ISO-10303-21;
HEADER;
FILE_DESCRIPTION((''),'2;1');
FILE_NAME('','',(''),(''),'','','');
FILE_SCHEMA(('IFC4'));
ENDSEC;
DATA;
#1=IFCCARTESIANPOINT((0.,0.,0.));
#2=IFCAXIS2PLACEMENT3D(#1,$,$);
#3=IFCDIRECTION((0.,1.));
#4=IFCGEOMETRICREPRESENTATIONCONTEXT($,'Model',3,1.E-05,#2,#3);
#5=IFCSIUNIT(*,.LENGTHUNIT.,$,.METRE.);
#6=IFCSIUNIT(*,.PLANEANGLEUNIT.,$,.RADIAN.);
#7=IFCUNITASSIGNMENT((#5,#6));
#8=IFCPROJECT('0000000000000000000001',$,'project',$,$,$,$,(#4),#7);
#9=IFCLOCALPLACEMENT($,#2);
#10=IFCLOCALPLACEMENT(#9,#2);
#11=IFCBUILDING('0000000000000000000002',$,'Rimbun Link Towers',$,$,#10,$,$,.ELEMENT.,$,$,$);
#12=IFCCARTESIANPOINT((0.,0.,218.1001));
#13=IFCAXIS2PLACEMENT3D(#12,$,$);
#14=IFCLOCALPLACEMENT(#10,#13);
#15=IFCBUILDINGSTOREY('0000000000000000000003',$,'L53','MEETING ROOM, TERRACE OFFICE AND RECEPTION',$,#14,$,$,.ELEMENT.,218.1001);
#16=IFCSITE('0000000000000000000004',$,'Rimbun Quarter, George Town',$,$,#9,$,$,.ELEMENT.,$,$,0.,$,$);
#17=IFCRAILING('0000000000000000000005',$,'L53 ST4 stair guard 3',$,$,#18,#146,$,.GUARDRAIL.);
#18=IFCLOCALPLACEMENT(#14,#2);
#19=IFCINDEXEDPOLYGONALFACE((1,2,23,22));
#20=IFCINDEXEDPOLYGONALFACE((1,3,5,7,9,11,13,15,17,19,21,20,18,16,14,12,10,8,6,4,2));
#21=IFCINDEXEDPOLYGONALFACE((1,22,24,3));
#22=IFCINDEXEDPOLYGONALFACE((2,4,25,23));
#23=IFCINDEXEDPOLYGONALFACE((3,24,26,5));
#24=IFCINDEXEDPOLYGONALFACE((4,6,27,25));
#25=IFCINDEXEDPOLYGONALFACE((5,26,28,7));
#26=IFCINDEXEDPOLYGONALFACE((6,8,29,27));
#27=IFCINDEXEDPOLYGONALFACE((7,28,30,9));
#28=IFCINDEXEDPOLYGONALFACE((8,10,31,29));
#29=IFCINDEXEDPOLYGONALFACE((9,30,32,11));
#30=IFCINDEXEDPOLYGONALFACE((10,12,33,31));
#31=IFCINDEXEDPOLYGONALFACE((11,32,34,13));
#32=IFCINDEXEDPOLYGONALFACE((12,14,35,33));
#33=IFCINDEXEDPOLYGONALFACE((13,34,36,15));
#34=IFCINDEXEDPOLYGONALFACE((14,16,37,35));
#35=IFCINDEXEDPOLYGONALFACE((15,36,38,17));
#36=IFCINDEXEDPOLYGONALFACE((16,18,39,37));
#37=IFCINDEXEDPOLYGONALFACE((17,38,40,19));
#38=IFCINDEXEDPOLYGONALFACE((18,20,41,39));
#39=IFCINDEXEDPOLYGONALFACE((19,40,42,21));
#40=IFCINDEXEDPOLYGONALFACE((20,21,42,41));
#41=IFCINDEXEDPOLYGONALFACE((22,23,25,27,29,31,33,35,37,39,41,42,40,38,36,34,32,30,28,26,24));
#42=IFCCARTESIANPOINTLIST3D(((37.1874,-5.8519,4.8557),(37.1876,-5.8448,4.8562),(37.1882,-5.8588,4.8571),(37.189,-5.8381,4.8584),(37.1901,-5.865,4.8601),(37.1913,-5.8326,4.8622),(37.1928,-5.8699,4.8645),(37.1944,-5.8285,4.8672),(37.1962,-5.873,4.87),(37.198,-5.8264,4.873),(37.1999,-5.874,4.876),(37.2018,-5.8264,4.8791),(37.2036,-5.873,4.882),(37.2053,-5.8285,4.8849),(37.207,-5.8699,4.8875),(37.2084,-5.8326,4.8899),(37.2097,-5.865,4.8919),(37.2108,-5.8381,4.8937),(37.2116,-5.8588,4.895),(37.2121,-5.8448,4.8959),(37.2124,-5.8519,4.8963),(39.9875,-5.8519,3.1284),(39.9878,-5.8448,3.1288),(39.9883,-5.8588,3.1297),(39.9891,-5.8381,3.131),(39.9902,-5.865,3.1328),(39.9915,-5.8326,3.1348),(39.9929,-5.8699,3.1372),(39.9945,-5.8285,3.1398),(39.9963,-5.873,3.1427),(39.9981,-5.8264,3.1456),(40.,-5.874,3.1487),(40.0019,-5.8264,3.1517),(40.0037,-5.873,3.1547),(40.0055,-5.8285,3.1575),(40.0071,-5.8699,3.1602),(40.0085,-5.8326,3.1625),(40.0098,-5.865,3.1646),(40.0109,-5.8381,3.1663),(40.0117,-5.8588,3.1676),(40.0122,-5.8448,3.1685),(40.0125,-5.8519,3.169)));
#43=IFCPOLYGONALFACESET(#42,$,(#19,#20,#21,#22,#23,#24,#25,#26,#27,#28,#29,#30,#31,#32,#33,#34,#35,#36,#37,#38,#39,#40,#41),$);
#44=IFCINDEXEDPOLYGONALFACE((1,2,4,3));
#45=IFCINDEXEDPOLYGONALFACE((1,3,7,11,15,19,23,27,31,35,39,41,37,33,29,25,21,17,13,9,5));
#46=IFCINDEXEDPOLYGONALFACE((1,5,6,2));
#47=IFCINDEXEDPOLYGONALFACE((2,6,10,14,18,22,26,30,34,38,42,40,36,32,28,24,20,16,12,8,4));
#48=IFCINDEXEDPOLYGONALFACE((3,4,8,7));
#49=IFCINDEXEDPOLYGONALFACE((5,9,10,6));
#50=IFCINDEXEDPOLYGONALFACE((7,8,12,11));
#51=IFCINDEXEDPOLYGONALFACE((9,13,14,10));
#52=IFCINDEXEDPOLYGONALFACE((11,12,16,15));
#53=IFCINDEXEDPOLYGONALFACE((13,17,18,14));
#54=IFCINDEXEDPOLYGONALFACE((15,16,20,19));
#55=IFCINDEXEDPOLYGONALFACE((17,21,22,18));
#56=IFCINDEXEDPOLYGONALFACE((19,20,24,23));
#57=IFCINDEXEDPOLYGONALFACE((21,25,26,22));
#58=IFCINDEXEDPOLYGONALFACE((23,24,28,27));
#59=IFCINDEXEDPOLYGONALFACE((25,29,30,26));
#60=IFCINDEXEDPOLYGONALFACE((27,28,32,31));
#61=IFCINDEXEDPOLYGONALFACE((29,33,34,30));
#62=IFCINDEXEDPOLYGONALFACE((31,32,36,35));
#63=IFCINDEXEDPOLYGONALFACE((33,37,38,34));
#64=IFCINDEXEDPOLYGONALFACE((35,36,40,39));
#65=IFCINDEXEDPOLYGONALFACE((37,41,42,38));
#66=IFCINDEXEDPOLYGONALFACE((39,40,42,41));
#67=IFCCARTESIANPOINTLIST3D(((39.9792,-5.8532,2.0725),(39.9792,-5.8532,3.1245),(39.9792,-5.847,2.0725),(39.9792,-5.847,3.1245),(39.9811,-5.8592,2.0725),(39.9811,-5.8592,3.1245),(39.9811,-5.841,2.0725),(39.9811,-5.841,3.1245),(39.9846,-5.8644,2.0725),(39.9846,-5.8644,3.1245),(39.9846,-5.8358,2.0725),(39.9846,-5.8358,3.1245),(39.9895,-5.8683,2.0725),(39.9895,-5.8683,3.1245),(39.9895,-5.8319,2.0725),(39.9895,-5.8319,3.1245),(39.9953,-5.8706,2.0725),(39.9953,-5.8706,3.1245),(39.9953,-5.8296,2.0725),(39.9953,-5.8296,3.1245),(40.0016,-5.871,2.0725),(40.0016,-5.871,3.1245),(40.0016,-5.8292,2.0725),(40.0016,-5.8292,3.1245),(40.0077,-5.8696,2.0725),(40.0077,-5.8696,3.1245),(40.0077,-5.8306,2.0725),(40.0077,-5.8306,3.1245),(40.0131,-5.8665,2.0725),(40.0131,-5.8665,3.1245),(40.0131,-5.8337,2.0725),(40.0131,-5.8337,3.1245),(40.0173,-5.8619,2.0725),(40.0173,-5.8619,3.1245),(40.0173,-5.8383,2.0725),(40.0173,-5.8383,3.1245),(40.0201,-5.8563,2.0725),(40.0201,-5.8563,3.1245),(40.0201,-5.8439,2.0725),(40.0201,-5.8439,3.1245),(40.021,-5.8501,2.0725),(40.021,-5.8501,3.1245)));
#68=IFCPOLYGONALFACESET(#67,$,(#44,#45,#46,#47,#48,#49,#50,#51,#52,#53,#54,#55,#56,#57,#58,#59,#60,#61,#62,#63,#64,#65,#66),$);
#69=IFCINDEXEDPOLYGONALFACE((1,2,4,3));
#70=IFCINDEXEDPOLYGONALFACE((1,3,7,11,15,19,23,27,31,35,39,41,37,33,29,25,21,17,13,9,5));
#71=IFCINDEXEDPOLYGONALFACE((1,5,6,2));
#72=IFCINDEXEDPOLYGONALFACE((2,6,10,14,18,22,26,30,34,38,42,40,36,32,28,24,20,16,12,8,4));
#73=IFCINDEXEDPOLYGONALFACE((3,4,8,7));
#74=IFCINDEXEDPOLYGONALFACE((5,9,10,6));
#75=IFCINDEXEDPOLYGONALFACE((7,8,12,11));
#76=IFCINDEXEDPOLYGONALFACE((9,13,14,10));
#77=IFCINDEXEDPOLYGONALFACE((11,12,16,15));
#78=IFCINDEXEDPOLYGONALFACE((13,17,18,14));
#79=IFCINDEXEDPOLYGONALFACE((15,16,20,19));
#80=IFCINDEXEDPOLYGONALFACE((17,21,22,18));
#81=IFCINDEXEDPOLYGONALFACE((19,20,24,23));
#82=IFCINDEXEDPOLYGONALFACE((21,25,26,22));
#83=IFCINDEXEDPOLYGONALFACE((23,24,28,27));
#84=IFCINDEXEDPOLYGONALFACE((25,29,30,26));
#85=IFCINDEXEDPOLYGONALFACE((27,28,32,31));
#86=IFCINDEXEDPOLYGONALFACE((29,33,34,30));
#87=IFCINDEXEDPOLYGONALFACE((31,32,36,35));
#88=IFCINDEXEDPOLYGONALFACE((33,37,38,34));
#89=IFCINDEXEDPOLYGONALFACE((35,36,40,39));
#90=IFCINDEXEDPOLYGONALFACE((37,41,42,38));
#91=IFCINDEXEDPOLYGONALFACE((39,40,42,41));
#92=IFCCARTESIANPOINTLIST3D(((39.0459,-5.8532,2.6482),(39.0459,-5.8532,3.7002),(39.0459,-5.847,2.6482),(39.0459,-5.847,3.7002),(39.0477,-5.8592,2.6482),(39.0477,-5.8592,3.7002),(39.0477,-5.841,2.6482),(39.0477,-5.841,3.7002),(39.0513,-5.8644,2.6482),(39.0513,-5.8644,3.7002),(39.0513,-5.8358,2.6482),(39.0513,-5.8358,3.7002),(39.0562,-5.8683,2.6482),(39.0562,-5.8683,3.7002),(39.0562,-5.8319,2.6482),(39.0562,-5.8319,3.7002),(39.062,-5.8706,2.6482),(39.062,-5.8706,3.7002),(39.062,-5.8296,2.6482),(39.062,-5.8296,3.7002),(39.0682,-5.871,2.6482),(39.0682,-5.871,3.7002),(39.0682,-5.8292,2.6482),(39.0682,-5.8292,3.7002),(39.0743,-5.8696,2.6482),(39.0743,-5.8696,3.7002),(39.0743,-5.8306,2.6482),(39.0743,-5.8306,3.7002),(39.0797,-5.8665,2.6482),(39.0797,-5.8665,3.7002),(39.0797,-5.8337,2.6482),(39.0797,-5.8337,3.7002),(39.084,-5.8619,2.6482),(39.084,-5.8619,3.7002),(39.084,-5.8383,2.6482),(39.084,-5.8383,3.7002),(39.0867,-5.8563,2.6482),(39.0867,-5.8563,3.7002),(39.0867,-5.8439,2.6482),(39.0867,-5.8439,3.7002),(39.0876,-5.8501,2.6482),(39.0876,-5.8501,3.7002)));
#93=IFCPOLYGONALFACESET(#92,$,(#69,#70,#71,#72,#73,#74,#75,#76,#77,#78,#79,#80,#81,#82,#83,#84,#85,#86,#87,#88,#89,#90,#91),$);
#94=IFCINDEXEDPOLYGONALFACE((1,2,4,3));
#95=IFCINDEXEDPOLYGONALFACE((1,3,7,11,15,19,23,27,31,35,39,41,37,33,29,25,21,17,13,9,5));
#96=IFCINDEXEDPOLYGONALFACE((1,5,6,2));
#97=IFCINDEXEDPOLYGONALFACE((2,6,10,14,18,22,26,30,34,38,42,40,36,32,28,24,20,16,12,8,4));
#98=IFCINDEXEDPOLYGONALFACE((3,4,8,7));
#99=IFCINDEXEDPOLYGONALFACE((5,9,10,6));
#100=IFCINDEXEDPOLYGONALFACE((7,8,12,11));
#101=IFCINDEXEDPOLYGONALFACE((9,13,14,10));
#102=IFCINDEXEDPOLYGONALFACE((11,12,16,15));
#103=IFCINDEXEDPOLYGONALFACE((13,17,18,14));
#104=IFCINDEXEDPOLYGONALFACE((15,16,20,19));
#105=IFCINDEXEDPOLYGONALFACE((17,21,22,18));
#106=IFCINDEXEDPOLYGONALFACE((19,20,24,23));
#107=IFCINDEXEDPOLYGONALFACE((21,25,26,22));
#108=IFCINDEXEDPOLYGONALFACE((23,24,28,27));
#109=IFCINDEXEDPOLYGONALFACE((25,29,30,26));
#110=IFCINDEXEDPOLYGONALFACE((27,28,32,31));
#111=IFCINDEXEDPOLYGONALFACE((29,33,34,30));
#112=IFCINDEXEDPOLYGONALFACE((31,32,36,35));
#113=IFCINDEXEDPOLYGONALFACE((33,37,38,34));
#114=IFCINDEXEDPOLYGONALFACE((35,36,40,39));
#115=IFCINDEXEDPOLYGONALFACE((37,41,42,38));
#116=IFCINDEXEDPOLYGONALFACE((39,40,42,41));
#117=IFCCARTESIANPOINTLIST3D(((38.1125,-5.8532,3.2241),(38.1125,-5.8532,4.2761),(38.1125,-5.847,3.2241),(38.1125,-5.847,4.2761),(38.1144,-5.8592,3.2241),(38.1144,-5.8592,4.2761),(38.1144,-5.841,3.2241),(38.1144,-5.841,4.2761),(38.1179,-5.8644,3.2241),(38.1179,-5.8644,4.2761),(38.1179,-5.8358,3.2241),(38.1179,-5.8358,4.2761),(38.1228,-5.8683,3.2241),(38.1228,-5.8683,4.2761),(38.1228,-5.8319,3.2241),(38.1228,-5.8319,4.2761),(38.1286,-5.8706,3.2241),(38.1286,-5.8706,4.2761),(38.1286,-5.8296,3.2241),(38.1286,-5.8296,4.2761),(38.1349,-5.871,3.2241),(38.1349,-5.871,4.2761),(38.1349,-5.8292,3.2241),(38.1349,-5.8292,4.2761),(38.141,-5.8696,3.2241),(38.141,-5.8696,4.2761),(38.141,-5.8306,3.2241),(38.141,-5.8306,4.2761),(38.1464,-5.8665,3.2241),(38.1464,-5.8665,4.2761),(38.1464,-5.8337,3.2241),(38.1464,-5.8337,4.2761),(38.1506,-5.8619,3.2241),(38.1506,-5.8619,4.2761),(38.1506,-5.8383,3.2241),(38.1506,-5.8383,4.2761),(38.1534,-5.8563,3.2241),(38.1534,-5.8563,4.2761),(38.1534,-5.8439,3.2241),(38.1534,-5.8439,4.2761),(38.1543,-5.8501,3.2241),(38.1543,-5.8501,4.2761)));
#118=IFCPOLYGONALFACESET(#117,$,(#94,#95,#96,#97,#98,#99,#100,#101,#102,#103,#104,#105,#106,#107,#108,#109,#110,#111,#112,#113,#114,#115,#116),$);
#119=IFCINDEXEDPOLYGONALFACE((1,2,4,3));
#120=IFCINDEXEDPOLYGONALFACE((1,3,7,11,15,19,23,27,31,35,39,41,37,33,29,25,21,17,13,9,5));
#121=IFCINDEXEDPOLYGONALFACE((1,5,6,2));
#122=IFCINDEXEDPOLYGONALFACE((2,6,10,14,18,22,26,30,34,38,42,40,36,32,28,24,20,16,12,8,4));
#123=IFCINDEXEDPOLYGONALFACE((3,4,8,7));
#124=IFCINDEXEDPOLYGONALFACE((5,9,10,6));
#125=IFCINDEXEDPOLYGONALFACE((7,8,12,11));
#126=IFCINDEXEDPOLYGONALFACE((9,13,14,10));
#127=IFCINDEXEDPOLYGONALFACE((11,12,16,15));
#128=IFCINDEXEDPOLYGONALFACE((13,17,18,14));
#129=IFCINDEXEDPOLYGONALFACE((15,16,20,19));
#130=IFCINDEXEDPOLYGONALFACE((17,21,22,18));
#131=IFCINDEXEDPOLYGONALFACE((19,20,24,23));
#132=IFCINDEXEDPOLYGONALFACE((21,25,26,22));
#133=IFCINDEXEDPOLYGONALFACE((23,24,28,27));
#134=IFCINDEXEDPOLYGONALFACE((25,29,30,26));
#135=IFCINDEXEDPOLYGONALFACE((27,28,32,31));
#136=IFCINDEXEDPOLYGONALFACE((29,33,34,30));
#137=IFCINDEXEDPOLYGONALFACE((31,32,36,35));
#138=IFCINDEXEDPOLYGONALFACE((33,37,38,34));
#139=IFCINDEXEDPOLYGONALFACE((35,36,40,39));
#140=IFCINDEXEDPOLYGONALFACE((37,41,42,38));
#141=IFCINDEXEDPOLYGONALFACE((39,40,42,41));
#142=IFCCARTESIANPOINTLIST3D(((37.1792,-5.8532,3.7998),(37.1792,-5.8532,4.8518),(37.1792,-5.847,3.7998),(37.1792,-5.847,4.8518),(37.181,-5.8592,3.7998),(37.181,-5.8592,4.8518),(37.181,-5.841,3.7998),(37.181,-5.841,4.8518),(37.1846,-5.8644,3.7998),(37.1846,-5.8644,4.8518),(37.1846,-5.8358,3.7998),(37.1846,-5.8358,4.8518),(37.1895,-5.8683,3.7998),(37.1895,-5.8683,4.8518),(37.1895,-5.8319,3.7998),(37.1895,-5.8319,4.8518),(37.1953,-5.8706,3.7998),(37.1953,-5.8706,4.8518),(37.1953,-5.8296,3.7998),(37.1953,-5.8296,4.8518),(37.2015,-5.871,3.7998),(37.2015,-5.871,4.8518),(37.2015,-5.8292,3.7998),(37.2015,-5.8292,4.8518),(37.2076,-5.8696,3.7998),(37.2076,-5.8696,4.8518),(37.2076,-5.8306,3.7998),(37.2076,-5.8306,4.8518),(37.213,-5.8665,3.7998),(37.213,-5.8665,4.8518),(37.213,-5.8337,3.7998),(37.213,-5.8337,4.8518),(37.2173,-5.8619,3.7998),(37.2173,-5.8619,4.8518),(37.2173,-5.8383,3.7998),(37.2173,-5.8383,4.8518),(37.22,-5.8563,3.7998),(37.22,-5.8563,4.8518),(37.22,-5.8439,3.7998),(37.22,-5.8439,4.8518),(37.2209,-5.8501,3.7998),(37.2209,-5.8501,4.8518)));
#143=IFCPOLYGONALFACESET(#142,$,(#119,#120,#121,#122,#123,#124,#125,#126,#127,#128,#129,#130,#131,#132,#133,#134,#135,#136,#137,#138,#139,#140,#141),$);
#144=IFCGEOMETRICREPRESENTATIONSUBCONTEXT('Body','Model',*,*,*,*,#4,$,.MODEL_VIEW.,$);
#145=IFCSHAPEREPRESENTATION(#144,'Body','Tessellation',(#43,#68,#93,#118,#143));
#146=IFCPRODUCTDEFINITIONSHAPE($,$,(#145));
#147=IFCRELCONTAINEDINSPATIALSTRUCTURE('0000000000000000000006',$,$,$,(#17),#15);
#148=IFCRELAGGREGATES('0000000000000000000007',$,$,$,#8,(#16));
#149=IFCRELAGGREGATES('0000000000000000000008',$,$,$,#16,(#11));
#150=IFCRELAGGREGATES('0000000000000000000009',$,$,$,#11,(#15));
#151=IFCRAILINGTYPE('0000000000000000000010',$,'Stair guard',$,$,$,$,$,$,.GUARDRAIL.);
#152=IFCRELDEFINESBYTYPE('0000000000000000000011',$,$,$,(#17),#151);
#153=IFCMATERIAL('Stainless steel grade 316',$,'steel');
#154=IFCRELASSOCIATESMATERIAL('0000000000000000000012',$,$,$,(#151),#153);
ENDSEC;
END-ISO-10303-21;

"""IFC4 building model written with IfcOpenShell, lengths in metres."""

from ifc_helpers import new_model, si_unit, direction, frame, origin, origin_2d, place, context, subcontext, project, spatial, circle, extrude, material, type_object, element, save


model = new_model("IFC4")

# Units and contexts
model_context = context("Model", 3, precision=1e-05, world=origin(), true_north=direction((0.0, 1.0)))
body_context = subcontext(model_context, "Body", "Model", "MODEL_VIEW")
ifc_project = project(units=[si_unit("LENGTHUNIT", "METRE"), si_unit("PLANEANGLEUNIT", "RADIAN")], contexts=[model_context])

# Site, building, storey
site_placement = place(None, origin())
site = spatial("IfcSite", under=ifc_project, at=site_placement, Name="Rimbun Quarter, George Town", CompositionType="ELEMENT", RefElevation=0.0)
building_placement = place(site_placement, origin())
building = spatial("IfcBuilding", under=site, at=building_placement, Name="Rimbun Link Towers", CompositionType="ELEMENT")
storey_placement = place(building_placement, frame((0.0, 0.0, 218.1001)))
storey = spatial("IfcBuildingStorey", under=building, at=storey_placement, Name="L53", Description="MEETING ROOM, TERRACE OFFICE AND RECEPTION", CompositionType="ELEMENT", Elevation=218.1001)

# Railing
ifc_material_1 = material(Name="Stainless steel grade 316", Category="steel")
railing_type_1 = type_object("IfcRailingType", Name="Stair guard", PredefinedType="GUARDRAIL", material=ifc_material_1)
railing_1_placement = place(storey_placement, frame((40.0, -5.8501, 2.0725)))
element("IfcRailing", 1, at=railing_1_placement, inside=storey, type_object=railing_type_1, Name="L53 ST4 stair guard 3", PredefinedType="GUARDRAIL", context=body_context, shape_type="SweptSolid", body=[
    extrude(circle(Radius=0.0239, at=origin_2d()), frame((0.0, 0.0, 1.0762), z_axis=(-0.85109, 0.0, 0.52502), x_axis=(0.0, -1.0, 0.0)), (0.0, 0.0, 1.0), 3.29),
    extrude(circle(Radius=0.021, at=origin_2d()), origin(), (0.0, 0.0, 1.0), 1.052),
    extrude(circle(Radius=0.021, at=origin_2d()), frame((-0.9333, 0.0, 0.5757)), (0.0, 0.0, 1.0), 1.052),
    extrude(circle(Radius=0.021, at=origin_2d()), frame((-1.8667, 0.0, 1.1516)), (0.0, 0.0, 1.0), 1.052),
    extrude(circle(Radius=0.021, at=origin_2d()), frame((-2.8, 0.0, 1.7273)), (0.0, 0.0, 1.0), 1.052),
])

save(model, "model.ifc")
